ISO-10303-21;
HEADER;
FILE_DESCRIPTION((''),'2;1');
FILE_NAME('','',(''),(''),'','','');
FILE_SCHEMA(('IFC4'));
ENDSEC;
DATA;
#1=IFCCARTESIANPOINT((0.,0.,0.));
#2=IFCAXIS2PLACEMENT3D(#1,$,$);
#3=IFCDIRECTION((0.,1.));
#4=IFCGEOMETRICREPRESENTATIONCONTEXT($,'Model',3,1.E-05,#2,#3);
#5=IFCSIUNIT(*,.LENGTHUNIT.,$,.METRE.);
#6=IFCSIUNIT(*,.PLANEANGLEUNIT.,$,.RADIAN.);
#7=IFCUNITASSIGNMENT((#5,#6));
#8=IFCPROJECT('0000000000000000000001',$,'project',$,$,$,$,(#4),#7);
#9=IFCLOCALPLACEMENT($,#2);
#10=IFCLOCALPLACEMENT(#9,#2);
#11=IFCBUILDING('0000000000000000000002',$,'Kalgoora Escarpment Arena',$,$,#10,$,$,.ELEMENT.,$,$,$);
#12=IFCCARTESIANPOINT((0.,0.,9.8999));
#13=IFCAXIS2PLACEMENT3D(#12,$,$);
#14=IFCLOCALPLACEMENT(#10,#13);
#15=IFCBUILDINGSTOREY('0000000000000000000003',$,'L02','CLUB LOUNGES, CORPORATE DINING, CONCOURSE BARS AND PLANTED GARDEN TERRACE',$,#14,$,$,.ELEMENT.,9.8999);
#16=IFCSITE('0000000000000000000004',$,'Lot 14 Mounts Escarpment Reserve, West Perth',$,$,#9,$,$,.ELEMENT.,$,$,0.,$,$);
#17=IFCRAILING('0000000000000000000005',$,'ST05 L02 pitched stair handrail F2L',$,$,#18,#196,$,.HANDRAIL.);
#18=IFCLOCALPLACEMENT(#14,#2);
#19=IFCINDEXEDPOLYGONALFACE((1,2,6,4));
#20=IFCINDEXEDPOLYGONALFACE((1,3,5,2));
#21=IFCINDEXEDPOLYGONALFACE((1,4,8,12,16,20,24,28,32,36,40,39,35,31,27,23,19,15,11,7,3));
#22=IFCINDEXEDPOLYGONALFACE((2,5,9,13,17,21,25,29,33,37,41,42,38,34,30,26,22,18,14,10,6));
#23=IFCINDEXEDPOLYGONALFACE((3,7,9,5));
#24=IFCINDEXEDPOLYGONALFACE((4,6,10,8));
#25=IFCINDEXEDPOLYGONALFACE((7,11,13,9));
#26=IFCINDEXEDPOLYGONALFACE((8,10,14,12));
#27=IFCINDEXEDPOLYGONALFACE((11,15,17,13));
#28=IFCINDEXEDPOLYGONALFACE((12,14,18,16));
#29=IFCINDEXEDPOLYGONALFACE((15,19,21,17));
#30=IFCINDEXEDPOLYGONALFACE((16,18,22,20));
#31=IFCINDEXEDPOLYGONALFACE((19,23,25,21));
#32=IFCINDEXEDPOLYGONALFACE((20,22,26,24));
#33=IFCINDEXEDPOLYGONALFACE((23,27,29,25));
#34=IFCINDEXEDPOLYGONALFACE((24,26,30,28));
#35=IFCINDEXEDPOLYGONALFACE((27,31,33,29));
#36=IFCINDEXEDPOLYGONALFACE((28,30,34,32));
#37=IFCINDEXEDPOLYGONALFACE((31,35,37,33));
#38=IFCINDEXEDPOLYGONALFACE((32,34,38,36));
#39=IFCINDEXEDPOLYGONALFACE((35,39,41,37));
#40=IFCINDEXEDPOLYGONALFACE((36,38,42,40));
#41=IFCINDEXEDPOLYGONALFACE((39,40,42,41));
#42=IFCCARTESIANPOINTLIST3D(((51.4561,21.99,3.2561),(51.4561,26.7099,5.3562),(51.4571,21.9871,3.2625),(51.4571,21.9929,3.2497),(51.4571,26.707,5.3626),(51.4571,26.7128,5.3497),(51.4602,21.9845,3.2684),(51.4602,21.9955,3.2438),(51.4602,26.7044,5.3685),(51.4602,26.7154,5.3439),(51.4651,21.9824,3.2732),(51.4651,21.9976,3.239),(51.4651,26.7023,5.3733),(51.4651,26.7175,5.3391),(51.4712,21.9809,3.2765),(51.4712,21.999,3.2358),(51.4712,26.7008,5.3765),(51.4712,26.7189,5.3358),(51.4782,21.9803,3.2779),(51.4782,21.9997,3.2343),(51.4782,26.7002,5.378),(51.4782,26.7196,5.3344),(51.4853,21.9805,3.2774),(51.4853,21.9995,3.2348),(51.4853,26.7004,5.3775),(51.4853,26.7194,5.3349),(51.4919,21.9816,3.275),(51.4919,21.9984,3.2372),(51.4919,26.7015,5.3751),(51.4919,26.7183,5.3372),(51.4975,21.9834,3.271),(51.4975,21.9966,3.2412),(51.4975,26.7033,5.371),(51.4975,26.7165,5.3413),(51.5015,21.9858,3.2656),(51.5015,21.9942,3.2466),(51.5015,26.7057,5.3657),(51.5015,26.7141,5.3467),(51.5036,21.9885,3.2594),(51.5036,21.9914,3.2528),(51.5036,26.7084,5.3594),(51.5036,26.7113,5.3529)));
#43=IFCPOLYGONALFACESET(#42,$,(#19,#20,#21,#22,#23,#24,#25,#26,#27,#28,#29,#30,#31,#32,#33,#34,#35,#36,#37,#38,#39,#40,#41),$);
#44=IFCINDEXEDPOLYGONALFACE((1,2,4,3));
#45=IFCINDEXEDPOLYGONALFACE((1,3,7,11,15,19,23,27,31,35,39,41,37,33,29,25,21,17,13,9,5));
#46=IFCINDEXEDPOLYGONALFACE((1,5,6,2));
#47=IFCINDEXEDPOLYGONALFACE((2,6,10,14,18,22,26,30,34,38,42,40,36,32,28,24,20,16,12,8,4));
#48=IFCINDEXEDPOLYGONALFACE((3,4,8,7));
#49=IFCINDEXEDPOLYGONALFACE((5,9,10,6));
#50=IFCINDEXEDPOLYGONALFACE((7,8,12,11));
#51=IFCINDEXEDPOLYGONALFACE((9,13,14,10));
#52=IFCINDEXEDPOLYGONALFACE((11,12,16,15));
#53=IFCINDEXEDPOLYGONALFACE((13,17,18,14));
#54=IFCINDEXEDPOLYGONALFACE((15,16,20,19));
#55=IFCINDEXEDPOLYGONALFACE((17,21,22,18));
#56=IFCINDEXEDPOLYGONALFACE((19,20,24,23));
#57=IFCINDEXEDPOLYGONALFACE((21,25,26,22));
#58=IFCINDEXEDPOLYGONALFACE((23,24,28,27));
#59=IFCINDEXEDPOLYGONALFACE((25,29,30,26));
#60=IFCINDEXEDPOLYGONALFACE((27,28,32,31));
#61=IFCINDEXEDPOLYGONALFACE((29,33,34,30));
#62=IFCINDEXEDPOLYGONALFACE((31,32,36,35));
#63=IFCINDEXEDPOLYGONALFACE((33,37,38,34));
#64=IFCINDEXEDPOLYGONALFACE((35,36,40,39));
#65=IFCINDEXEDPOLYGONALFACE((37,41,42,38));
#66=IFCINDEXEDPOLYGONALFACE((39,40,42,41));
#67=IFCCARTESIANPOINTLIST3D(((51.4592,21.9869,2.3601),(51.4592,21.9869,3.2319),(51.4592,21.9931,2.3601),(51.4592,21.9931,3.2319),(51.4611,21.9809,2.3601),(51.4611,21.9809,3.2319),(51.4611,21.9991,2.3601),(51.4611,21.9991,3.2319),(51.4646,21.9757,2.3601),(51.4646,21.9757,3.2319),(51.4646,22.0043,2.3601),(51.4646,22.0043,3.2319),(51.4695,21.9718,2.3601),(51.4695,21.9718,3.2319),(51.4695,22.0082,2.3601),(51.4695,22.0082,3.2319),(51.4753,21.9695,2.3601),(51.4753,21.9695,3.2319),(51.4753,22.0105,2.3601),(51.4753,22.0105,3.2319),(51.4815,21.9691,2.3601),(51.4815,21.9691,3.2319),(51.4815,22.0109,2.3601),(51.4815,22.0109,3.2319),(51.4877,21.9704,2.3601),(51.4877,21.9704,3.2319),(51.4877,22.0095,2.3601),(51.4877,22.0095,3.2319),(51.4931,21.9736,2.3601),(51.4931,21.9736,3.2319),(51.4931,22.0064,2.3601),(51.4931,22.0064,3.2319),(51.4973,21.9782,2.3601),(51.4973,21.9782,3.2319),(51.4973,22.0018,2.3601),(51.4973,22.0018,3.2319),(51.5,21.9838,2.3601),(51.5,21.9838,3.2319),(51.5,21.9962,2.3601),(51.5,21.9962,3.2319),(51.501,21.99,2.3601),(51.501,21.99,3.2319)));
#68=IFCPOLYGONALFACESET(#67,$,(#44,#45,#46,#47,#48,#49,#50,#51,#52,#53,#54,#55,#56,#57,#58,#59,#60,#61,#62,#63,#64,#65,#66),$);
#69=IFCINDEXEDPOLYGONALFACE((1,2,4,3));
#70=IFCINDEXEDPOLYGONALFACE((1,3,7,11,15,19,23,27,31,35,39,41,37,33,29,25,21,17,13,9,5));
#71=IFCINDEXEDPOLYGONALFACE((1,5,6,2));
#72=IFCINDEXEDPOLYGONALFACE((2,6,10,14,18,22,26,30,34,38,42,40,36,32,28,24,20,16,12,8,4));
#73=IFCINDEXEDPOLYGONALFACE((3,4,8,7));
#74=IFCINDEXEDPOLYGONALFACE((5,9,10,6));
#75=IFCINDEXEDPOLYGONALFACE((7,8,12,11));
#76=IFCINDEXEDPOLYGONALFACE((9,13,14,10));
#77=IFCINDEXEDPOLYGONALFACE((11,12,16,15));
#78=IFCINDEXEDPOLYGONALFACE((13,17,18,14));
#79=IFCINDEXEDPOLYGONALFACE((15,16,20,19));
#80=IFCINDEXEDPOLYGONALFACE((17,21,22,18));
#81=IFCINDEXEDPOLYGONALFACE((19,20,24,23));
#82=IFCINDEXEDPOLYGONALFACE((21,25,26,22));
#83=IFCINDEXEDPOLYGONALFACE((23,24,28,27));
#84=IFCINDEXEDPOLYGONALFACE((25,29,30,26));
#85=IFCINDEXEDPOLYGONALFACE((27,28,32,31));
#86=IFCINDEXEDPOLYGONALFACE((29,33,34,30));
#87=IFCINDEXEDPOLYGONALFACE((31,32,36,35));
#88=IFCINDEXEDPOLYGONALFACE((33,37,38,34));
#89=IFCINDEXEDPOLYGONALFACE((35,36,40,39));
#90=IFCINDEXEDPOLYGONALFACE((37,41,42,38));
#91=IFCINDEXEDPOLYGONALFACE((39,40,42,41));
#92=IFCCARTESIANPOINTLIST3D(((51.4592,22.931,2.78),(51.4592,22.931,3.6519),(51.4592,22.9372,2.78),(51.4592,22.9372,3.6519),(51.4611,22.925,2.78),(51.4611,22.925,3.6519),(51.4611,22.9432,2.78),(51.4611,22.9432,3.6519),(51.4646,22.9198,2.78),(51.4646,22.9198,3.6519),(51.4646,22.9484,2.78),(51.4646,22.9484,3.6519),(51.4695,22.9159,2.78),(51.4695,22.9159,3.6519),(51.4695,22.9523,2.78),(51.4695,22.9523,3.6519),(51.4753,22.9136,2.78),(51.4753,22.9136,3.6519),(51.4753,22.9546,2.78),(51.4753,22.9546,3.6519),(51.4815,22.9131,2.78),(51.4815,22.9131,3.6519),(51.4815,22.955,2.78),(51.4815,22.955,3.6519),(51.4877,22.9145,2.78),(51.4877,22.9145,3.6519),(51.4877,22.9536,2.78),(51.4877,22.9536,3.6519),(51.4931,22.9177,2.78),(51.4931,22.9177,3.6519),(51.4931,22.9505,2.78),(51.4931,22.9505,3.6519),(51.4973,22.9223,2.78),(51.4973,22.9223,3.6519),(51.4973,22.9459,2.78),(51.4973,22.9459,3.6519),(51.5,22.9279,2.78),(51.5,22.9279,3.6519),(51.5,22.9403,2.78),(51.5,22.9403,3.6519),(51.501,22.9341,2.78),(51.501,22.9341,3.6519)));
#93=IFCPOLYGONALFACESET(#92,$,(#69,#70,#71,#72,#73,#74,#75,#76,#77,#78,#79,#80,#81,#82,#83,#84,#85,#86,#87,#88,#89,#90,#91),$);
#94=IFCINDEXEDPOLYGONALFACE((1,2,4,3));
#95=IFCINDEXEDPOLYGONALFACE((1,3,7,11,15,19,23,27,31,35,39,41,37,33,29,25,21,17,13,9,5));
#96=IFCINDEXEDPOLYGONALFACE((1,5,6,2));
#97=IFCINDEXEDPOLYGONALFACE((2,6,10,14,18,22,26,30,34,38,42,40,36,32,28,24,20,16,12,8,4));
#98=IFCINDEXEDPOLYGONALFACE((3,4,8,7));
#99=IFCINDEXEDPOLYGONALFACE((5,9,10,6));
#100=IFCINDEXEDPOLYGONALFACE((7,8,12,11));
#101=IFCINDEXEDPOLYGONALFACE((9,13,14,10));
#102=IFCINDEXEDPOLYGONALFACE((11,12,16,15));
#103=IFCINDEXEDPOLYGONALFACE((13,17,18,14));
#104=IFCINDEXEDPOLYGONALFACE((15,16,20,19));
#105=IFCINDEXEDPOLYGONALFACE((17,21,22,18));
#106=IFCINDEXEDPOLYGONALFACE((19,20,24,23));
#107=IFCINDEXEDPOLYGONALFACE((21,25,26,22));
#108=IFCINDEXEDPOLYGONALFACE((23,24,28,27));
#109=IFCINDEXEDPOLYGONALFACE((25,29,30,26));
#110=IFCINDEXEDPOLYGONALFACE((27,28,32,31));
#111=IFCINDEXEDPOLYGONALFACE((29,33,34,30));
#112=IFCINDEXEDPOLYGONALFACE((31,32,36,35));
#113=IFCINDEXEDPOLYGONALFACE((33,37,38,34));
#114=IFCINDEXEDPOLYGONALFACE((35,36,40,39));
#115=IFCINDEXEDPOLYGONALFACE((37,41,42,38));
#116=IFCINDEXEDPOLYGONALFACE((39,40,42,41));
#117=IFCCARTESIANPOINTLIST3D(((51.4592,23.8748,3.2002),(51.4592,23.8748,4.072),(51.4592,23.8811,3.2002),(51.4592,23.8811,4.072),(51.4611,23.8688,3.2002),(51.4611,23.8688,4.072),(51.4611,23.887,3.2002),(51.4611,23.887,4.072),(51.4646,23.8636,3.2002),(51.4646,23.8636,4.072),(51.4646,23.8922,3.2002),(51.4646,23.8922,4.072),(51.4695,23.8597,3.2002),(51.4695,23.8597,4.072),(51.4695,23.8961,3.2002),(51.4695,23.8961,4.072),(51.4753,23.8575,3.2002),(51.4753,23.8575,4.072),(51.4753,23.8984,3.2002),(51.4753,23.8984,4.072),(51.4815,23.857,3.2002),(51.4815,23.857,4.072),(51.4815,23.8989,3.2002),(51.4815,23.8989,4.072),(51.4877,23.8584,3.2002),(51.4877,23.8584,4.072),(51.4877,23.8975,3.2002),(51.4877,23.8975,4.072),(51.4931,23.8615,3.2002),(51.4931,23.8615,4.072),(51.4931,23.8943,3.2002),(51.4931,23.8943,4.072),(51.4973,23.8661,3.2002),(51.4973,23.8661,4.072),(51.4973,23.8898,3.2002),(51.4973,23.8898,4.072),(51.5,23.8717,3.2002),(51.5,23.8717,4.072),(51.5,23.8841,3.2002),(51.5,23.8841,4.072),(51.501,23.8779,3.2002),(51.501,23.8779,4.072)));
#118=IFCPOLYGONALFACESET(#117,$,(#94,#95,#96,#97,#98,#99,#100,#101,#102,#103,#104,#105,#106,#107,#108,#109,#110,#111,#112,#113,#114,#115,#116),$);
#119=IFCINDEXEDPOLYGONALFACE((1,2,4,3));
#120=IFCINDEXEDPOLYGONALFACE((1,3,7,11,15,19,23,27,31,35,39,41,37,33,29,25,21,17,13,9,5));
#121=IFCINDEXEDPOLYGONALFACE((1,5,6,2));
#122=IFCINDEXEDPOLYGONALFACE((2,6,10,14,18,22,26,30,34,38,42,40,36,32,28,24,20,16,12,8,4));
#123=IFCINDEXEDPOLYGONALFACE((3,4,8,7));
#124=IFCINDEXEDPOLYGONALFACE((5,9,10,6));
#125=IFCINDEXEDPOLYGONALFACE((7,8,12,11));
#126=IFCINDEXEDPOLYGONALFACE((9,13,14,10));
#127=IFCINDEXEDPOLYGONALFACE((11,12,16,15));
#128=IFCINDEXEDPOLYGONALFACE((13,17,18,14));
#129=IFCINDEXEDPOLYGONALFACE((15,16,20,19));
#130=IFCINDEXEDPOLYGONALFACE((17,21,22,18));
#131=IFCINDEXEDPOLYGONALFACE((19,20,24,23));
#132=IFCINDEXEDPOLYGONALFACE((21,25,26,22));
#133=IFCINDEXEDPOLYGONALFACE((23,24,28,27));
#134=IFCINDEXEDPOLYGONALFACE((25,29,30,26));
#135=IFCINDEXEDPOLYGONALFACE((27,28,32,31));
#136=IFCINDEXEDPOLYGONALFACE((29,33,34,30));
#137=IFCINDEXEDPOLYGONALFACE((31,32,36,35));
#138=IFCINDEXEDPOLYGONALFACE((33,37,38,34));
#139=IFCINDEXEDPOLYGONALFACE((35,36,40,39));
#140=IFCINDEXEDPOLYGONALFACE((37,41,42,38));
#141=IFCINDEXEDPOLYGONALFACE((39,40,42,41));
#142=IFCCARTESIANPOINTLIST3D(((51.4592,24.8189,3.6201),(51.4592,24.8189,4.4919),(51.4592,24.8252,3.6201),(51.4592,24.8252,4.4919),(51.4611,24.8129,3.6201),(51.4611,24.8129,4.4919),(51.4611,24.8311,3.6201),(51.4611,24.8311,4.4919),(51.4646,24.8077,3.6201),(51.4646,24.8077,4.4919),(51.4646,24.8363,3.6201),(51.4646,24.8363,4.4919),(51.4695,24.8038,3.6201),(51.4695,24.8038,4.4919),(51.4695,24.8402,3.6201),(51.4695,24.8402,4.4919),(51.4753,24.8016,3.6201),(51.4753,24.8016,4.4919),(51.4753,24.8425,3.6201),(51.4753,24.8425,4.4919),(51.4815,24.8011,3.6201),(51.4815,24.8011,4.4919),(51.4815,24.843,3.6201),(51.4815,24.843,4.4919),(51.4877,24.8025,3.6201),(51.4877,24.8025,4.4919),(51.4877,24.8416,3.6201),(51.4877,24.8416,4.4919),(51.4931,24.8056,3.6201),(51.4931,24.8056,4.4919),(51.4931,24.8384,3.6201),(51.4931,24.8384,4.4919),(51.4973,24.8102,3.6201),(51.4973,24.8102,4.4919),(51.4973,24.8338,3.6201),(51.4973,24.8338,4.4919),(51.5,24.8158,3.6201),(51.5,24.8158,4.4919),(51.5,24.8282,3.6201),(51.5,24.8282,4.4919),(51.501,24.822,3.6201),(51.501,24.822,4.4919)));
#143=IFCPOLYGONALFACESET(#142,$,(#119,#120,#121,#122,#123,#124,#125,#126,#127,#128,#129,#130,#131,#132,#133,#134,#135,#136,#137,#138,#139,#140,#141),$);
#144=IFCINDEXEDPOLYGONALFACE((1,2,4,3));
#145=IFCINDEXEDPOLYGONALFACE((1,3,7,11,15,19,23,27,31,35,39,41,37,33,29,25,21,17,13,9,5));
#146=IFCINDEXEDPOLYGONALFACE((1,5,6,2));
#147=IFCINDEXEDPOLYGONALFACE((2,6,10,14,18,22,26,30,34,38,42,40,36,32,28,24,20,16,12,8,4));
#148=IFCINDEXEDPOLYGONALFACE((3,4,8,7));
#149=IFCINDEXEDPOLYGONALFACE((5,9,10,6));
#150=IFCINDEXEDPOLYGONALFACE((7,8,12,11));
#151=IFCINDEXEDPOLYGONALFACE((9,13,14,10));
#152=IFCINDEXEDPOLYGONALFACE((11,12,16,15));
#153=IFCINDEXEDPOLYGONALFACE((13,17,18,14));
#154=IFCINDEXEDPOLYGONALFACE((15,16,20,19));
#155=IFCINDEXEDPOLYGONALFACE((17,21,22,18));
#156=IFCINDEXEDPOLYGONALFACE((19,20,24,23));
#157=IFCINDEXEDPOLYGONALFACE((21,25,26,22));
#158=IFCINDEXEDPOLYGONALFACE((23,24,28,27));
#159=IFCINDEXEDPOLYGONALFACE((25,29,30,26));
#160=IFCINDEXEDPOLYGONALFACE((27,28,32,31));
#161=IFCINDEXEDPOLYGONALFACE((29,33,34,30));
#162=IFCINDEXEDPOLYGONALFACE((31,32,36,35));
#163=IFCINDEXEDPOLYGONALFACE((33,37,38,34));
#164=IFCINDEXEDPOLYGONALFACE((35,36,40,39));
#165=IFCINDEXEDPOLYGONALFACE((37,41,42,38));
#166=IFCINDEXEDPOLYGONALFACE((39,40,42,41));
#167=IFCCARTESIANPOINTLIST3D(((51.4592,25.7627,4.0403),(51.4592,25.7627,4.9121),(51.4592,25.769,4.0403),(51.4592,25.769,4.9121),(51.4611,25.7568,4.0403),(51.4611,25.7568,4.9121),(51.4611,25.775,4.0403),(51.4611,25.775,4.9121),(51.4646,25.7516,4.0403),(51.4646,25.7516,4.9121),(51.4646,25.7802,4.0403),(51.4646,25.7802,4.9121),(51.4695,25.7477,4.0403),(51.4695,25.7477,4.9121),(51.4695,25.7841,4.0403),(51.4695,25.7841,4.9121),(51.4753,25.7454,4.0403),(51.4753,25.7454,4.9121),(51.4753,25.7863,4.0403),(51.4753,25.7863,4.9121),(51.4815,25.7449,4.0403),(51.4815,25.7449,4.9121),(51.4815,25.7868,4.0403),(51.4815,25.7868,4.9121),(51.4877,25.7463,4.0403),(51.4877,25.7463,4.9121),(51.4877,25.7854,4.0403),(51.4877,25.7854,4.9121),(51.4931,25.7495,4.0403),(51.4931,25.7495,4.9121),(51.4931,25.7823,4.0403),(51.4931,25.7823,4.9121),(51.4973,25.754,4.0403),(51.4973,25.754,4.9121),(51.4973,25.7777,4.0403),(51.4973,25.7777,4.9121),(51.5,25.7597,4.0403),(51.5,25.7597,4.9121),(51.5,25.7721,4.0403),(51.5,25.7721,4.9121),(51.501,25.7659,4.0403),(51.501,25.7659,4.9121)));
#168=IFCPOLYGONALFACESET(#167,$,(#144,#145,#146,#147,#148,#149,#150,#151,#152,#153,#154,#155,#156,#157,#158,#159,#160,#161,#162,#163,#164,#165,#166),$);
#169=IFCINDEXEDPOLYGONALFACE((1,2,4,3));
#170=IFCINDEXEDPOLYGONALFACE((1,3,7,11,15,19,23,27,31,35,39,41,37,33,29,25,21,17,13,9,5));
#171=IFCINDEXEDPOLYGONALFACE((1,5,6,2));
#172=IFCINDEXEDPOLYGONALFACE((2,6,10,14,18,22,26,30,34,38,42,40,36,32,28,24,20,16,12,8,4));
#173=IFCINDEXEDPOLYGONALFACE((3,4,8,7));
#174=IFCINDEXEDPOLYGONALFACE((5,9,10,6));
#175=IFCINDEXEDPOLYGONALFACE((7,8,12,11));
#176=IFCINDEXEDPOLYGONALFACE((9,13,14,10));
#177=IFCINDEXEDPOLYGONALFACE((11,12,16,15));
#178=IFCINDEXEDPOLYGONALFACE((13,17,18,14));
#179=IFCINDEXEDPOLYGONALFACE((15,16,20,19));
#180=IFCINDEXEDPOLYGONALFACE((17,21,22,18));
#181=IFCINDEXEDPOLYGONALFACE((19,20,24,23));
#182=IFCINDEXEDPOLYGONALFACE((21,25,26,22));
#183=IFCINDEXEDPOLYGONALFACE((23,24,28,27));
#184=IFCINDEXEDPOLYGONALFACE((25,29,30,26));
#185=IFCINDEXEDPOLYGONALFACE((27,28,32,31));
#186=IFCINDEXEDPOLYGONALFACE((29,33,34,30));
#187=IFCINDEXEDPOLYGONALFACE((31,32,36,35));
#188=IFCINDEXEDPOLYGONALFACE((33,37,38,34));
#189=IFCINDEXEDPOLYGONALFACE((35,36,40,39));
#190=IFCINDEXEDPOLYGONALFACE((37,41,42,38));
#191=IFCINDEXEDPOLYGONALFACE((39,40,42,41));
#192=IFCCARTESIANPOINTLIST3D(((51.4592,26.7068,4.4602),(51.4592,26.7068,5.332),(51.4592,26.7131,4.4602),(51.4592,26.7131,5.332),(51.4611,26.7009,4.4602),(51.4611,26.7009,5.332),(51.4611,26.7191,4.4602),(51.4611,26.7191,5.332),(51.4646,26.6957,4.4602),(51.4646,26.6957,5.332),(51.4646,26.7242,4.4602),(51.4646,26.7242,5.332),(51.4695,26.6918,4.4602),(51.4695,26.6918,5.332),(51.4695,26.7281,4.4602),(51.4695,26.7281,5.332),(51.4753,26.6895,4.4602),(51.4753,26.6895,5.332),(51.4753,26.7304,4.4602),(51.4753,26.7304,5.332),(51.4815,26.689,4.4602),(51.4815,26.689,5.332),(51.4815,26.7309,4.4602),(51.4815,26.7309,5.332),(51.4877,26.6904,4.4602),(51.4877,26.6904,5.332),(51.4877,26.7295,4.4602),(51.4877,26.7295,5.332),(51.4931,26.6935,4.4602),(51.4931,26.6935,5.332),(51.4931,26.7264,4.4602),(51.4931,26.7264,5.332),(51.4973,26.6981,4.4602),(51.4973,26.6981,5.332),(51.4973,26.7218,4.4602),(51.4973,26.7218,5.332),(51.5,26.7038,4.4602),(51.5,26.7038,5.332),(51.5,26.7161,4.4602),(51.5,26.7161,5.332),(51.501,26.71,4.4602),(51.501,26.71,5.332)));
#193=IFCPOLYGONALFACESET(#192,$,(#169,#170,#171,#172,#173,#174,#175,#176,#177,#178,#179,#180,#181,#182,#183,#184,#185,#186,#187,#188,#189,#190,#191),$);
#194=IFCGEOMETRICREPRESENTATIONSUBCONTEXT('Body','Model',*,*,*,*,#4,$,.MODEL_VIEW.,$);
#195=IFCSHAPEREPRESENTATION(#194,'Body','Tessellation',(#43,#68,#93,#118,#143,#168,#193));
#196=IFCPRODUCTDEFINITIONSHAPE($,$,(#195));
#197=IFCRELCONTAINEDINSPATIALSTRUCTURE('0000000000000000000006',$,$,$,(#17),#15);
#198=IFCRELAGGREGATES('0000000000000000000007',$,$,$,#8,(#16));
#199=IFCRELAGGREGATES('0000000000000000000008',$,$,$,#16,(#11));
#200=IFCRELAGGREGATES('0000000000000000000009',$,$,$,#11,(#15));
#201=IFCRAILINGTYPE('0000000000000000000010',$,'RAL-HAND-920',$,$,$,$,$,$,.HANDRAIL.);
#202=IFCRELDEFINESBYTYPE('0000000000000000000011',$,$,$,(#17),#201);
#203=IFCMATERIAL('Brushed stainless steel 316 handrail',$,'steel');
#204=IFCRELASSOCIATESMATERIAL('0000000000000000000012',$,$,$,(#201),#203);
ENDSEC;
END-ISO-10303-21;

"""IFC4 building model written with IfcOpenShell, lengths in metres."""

from ifc_helpers import new_model, si_unit, direction, frame, origin, origin_2d, place, context, subcontext, project, spatial, circle, extrude, material, type_object, element, save


model = new_model("IFC4")

# Units and contexts
model_context = context("Model", 3, precision=1e-05, world=origin(), true_north=direction((0.0, 1.0)))
body_context = subcontext(model_context, "Body", "Model", "MODEL_VIEW")
ifc_project = project(units=[si_unit("LENGTHUNIT", "METRE"), si_unit("PLANEANGLEUNIT", "RADIAN")], contexts=[model_context])

# Site, building, storey
site_placement = place(None, origin())
site = spatial("IfcSite", under=ifc_project, at=site_placement, Name="Lot 14 Mounts Escarpment Reserve, West Perth", CompositionType="ELEMENT", RefElevation=0.0)
building_placement = place(site_placement, origin())
building = spatial("IfcBuilding", under=site, at=building_placement, Name="Kalgoora Escarpment Arena", CompositionType="ELEMENT")
storey_placement = place(building_placement, frame((0.0, 0.0, 9.8999)))
storey = spatial("IfcBuildingStorey", under=building, at=storey_placement, Name="L02", Description="CLUB LOUNGES, CORPORATE DINING, CONCOURSE BARS AND PLANTED GARDEN TERRACE", CompositionType="ELEMENT", Elevation=9.8999)

# Railing
ifc_material_1 = material(Name="Brushed stainless steel 316 handrail", Category="steel")
railing_type_1 = type_object("IfcRailingType", Name="RAL-HAND-920", PredefinedType="HANDRAIL", material=ifc_material_1)
for number, where, name in (
    (1, (51.48, 21.99, 2.3601), "ST05 L02 pitched stair handrail F2L"),
):
    element("IfcRailing", number, at=place(storey_placement, frame(where)), inside=storey, type_object=railing_type_1, Name=name, PredefinedType="HANDRAIL", context=body_context, shape_type="SweptSolid", body=[
        extrude(circle(Radius=0.0239, at=origin_2d()), frame((0.0, 0.0, 0.896), z_axis=(0.0, 0.913644, 0.406516), x_axis=(-1.0, 0.0, 0.0)), (0.0, 0.0, 1.0), 5.166),
        extrude(circle(Radius=0.021, at=origin_2d()), origin(), (0.0, 0.0, 1.0), 0.8718),
        extrude(circle(Radius=0.021, at=origin_2d()), frame((0.0, 0.9441, 0.4199)), (0.0, 0.0, 1.0), 0.8718),
        extrude(circle(Radius=0.021, at=origin_2d()), frame((0.0, 1.8879, 0.8401)), (0.0, 0.0, 1.0), 0.8718),
        extrude(circle(Radius=0.021, at=origin_2d()), frame((0.0, 2.832, 1.26)), (0.0, 0.0, 1.0), 0.8718),
        extrude(circle(Radius=0.021, at=origin_2d()), frame((0.0, 3.7759, 1.6802)), (0.0, 0.0, 1.0), 0.8718),
        extrude(circle(Radius=0.021, at=origin_2d()), frame((0.0, 4.72, 2.1001)), (0.0, 0.0, 1.0), 0.8718),
    ])

save(model, "model.ifc")
